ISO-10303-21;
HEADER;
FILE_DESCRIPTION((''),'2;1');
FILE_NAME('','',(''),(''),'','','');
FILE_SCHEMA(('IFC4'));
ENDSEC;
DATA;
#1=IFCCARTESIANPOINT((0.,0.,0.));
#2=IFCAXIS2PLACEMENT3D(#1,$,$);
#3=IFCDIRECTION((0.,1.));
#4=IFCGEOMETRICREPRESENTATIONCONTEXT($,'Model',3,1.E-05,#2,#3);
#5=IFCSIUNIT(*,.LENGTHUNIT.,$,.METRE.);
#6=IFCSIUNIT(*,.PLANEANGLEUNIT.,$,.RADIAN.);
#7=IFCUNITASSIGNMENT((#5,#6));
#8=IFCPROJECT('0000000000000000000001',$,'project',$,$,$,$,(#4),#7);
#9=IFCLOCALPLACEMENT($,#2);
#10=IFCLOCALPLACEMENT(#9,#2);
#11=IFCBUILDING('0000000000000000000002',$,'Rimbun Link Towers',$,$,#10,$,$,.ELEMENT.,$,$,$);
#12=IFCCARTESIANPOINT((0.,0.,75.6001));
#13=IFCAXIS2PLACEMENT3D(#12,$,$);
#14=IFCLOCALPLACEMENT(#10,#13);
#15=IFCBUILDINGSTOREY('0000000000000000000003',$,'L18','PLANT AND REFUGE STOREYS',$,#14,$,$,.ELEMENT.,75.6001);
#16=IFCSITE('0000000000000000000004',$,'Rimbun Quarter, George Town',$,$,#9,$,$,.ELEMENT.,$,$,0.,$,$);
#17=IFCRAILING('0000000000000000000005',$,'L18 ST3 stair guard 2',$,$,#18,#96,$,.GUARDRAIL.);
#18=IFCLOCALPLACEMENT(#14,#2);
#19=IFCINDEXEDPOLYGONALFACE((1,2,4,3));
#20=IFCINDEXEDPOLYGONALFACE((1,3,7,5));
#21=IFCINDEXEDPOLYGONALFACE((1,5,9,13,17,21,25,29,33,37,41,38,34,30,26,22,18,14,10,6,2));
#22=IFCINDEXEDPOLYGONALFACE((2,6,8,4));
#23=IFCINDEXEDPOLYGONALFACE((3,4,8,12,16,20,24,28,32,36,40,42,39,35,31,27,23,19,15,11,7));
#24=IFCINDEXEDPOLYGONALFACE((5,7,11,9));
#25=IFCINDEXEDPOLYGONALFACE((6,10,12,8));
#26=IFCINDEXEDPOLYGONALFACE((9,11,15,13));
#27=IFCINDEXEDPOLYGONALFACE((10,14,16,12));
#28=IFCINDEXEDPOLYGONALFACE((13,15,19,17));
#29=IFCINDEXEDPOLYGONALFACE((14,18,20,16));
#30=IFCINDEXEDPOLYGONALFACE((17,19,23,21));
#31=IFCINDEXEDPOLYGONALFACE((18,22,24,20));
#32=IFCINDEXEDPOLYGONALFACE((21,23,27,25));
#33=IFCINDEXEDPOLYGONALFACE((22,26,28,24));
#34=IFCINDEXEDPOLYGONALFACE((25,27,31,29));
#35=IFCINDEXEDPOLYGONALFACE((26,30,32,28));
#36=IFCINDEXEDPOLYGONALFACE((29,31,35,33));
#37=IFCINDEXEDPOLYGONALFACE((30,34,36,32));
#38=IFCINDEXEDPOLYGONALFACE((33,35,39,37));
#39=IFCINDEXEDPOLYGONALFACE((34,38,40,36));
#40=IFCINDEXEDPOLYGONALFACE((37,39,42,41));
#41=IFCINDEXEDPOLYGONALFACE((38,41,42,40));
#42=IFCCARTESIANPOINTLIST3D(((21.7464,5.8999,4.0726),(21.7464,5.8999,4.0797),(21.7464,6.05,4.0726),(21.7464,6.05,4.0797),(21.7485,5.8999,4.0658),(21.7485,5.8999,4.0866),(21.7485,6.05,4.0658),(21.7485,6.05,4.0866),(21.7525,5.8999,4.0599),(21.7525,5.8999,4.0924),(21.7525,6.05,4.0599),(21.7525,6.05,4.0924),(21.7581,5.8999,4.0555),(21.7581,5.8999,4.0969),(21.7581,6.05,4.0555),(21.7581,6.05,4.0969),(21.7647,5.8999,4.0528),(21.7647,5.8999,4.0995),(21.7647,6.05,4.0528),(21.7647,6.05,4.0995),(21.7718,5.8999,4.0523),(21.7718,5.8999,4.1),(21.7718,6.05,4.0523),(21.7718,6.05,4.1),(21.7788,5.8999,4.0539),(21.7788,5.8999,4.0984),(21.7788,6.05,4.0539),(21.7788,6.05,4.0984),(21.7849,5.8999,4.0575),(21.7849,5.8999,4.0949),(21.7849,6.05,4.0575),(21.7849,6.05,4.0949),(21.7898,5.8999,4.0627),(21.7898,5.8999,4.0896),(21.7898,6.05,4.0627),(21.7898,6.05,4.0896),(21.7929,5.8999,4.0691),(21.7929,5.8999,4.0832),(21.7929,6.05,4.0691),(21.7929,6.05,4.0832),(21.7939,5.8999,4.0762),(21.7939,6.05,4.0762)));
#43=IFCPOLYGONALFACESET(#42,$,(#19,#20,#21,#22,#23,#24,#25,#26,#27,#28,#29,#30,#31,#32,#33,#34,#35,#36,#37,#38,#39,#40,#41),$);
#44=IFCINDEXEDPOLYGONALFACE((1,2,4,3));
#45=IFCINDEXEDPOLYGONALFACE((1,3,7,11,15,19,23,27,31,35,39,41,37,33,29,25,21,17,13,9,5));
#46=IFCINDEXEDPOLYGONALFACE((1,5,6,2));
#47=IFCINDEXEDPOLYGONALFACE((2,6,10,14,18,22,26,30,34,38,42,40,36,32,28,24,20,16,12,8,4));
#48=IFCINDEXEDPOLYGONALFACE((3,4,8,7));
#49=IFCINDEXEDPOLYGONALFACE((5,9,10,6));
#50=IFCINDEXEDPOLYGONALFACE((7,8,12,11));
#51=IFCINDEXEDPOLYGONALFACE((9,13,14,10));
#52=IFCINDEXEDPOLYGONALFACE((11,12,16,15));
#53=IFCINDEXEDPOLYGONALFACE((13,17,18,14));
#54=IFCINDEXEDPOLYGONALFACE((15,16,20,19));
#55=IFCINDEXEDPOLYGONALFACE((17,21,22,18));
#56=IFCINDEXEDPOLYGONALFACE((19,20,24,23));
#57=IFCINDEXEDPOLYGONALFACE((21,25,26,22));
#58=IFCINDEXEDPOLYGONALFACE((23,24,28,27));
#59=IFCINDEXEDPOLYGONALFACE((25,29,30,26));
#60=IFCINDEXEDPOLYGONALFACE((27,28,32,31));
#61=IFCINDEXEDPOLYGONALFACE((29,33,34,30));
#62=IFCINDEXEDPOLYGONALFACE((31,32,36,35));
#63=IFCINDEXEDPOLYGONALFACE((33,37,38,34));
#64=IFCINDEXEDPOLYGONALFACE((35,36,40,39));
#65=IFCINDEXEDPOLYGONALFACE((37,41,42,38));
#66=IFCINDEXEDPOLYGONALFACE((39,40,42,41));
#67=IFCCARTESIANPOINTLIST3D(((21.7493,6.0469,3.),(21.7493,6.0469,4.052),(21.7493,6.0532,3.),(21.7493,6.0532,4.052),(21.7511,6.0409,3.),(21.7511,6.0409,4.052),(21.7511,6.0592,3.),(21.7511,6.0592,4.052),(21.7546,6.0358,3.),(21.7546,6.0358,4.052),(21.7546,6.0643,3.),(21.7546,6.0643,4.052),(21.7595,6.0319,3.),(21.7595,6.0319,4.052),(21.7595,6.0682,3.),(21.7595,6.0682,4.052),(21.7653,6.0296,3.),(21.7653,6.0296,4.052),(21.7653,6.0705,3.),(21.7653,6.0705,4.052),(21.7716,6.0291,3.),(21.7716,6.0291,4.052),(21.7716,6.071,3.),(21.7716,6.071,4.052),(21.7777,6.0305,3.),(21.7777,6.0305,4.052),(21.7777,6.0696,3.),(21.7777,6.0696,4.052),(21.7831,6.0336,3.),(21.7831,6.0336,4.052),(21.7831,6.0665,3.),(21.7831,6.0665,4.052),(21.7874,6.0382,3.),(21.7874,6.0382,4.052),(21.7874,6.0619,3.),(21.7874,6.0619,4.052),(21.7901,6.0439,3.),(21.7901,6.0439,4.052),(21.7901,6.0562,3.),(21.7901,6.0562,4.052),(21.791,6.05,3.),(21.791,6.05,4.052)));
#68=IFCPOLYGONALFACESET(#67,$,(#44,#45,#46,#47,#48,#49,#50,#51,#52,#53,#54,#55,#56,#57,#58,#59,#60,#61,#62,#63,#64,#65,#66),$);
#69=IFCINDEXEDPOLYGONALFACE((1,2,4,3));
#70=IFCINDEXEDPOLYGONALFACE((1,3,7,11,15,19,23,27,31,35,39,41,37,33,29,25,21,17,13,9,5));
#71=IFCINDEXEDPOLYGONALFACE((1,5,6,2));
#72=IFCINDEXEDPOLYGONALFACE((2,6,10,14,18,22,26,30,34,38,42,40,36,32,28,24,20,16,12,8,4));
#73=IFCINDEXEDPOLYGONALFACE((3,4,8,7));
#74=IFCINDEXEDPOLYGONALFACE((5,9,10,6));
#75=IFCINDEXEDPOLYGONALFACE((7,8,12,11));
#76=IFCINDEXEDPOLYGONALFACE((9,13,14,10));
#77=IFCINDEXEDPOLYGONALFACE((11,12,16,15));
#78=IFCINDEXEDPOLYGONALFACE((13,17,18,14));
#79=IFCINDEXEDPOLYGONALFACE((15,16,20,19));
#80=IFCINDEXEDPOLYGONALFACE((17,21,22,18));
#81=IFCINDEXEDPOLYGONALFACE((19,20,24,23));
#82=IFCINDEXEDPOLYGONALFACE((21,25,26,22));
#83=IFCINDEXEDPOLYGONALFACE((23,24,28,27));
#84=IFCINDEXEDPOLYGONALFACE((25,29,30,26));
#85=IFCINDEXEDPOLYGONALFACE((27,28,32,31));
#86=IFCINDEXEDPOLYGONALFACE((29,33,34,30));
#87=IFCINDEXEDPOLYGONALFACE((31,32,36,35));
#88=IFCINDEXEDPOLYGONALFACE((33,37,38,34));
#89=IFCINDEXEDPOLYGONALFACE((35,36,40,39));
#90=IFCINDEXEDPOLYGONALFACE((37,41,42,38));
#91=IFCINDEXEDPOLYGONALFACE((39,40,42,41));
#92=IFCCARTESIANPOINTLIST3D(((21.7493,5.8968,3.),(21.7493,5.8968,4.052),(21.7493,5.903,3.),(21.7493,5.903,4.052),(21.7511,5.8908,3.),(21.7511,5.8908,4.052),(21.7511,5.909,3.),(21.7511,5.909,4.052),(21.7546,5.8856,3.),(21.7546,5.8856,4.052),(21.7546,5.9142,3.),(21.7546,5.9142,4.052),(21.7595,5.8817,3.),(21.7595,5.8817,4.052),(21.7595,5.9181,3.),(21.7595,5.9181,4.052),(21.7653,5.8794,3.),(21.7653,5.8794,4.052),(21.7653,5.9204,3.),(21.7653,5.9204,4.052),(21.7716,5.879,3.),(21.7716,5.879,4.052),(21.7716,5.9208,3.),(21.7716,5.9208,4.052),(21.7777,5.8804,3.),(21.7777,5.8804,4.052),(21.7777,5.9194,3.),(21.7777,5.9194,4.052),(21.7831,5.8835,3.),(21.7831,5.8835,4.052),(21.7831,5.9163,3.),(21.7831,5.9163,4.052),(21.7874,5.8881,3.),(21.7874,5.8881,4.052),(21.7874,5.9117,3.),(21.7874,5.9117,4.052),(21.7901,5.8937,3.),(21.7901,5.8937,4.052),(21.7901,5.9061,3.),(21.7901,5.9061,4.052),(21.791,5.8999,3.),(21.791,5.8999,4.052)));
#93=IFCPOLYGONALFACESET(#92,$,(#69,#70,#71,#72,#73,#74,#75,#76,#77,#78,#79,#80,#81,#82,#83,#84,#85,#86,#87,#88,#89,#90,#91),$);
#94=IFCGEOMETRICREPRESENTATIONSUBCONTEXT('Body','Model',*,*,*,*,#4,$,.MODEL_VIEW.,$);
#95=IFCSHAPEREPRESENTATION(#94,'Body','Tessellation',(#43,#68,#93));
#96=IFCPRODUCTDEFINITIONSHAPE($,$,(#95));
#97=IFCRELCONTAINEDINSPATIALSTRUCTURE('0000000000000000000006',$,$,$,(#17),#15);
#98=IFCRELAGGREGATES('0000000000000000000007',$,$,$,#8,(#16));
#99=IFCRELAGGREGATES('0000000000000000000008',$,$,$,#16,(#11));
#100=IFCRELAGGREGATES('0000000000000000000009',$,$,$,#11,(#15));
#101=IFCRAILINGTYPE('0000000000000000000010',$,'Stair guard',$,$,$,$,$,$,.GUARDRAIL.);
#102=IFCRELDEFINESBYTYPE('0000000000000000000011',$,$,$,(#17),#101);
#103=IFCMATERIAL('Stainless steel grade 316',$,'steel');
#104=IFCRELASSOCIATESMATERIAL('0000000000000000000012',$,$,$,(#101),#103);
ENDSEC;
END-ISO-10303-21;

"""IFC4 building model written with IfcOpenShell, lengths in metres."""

from ifc_helpers import new_model, si_unit, direction, frame, origin, origin_2d, place, context, subcontext, project, spatial, circle, extrude, material, type_object, element, save


model = new_model("IFC4")

# Units and contexts
model_context = context("Model", 3, precision=1e-05, world=origin(), true_north=direction((0.0, 1.0)))
body_context = subcontext(model_context, "Body", "Model", "MODEL_VIEW")
ifc_project = project(units=[si_unit("LENGTHUNIT", "METRE"), si_unit("PLANEANGLEUNIT", "RADIAN")], contexts=[model_context])

# Site, building, storey
site_placement = place(None, origin())
site = spatial("IfcSite", under=ifc_project, at=site_placement, Name="Rimbun Quarter, George Town", CompositionType="ELEMENT", RefElevation=0.0)
building_placement = place(site_placement, origin())
building = spatial("IfcBuilding", under=site, at=building_placement, Name="Rimbun Link Towers", CompositionType="ELEMENT")
storey_placement = place(building_placement, frame((0.0, 0.0, 75.6001)))
storey = spatial("IfcBuildingStorey", under=building, at=storey_placement, Name="L18", Description="PLANT AND REFUGE STOREYS", CompositionType="ELEMENT", Elevation=75.6001)

# Railing
ifc_material_1 = material(Name="Stainless steel grade 316", Category="steel")
railing_type_1 = type_object("IfcRailingType", Name="Stair guard", PredefinedType="GUARDRAIL", material=ifc_material_1)
railing_1_placement = place(storey_placement, frame((21.77, 6.05, 3.0)))
element("IfcRailing", 1, at=railing_1_placement, inside=storey, type_object=railing_type_1, Name="L18 ST3 stair guard 2", PredefinedType="GUARDRAIL", context=body_context, shape_type="SweptSolid", body=[
    extrude(circle(Radius=0.0239, at=origin_2d()), frame((0.0, 0.0, 1.0762), z_axis=(0.0, -1.0, 0.0), x_axis=(1.0, 0.0, 0.0)), (0.0, 0.0, 1.0), 0.1501),
    extrude(circle(Radius=0.021, at=origin_2d()), origin(), (0.0, 0.0, 1.0), 1.052),
    extrude(circle(Radius=0.021, at=origin_2d()), frame((0.0, -0.1501, 0.0)), (0.0, 0.0, 1.0), 1.052),
])

save(model, "model.ifc")
